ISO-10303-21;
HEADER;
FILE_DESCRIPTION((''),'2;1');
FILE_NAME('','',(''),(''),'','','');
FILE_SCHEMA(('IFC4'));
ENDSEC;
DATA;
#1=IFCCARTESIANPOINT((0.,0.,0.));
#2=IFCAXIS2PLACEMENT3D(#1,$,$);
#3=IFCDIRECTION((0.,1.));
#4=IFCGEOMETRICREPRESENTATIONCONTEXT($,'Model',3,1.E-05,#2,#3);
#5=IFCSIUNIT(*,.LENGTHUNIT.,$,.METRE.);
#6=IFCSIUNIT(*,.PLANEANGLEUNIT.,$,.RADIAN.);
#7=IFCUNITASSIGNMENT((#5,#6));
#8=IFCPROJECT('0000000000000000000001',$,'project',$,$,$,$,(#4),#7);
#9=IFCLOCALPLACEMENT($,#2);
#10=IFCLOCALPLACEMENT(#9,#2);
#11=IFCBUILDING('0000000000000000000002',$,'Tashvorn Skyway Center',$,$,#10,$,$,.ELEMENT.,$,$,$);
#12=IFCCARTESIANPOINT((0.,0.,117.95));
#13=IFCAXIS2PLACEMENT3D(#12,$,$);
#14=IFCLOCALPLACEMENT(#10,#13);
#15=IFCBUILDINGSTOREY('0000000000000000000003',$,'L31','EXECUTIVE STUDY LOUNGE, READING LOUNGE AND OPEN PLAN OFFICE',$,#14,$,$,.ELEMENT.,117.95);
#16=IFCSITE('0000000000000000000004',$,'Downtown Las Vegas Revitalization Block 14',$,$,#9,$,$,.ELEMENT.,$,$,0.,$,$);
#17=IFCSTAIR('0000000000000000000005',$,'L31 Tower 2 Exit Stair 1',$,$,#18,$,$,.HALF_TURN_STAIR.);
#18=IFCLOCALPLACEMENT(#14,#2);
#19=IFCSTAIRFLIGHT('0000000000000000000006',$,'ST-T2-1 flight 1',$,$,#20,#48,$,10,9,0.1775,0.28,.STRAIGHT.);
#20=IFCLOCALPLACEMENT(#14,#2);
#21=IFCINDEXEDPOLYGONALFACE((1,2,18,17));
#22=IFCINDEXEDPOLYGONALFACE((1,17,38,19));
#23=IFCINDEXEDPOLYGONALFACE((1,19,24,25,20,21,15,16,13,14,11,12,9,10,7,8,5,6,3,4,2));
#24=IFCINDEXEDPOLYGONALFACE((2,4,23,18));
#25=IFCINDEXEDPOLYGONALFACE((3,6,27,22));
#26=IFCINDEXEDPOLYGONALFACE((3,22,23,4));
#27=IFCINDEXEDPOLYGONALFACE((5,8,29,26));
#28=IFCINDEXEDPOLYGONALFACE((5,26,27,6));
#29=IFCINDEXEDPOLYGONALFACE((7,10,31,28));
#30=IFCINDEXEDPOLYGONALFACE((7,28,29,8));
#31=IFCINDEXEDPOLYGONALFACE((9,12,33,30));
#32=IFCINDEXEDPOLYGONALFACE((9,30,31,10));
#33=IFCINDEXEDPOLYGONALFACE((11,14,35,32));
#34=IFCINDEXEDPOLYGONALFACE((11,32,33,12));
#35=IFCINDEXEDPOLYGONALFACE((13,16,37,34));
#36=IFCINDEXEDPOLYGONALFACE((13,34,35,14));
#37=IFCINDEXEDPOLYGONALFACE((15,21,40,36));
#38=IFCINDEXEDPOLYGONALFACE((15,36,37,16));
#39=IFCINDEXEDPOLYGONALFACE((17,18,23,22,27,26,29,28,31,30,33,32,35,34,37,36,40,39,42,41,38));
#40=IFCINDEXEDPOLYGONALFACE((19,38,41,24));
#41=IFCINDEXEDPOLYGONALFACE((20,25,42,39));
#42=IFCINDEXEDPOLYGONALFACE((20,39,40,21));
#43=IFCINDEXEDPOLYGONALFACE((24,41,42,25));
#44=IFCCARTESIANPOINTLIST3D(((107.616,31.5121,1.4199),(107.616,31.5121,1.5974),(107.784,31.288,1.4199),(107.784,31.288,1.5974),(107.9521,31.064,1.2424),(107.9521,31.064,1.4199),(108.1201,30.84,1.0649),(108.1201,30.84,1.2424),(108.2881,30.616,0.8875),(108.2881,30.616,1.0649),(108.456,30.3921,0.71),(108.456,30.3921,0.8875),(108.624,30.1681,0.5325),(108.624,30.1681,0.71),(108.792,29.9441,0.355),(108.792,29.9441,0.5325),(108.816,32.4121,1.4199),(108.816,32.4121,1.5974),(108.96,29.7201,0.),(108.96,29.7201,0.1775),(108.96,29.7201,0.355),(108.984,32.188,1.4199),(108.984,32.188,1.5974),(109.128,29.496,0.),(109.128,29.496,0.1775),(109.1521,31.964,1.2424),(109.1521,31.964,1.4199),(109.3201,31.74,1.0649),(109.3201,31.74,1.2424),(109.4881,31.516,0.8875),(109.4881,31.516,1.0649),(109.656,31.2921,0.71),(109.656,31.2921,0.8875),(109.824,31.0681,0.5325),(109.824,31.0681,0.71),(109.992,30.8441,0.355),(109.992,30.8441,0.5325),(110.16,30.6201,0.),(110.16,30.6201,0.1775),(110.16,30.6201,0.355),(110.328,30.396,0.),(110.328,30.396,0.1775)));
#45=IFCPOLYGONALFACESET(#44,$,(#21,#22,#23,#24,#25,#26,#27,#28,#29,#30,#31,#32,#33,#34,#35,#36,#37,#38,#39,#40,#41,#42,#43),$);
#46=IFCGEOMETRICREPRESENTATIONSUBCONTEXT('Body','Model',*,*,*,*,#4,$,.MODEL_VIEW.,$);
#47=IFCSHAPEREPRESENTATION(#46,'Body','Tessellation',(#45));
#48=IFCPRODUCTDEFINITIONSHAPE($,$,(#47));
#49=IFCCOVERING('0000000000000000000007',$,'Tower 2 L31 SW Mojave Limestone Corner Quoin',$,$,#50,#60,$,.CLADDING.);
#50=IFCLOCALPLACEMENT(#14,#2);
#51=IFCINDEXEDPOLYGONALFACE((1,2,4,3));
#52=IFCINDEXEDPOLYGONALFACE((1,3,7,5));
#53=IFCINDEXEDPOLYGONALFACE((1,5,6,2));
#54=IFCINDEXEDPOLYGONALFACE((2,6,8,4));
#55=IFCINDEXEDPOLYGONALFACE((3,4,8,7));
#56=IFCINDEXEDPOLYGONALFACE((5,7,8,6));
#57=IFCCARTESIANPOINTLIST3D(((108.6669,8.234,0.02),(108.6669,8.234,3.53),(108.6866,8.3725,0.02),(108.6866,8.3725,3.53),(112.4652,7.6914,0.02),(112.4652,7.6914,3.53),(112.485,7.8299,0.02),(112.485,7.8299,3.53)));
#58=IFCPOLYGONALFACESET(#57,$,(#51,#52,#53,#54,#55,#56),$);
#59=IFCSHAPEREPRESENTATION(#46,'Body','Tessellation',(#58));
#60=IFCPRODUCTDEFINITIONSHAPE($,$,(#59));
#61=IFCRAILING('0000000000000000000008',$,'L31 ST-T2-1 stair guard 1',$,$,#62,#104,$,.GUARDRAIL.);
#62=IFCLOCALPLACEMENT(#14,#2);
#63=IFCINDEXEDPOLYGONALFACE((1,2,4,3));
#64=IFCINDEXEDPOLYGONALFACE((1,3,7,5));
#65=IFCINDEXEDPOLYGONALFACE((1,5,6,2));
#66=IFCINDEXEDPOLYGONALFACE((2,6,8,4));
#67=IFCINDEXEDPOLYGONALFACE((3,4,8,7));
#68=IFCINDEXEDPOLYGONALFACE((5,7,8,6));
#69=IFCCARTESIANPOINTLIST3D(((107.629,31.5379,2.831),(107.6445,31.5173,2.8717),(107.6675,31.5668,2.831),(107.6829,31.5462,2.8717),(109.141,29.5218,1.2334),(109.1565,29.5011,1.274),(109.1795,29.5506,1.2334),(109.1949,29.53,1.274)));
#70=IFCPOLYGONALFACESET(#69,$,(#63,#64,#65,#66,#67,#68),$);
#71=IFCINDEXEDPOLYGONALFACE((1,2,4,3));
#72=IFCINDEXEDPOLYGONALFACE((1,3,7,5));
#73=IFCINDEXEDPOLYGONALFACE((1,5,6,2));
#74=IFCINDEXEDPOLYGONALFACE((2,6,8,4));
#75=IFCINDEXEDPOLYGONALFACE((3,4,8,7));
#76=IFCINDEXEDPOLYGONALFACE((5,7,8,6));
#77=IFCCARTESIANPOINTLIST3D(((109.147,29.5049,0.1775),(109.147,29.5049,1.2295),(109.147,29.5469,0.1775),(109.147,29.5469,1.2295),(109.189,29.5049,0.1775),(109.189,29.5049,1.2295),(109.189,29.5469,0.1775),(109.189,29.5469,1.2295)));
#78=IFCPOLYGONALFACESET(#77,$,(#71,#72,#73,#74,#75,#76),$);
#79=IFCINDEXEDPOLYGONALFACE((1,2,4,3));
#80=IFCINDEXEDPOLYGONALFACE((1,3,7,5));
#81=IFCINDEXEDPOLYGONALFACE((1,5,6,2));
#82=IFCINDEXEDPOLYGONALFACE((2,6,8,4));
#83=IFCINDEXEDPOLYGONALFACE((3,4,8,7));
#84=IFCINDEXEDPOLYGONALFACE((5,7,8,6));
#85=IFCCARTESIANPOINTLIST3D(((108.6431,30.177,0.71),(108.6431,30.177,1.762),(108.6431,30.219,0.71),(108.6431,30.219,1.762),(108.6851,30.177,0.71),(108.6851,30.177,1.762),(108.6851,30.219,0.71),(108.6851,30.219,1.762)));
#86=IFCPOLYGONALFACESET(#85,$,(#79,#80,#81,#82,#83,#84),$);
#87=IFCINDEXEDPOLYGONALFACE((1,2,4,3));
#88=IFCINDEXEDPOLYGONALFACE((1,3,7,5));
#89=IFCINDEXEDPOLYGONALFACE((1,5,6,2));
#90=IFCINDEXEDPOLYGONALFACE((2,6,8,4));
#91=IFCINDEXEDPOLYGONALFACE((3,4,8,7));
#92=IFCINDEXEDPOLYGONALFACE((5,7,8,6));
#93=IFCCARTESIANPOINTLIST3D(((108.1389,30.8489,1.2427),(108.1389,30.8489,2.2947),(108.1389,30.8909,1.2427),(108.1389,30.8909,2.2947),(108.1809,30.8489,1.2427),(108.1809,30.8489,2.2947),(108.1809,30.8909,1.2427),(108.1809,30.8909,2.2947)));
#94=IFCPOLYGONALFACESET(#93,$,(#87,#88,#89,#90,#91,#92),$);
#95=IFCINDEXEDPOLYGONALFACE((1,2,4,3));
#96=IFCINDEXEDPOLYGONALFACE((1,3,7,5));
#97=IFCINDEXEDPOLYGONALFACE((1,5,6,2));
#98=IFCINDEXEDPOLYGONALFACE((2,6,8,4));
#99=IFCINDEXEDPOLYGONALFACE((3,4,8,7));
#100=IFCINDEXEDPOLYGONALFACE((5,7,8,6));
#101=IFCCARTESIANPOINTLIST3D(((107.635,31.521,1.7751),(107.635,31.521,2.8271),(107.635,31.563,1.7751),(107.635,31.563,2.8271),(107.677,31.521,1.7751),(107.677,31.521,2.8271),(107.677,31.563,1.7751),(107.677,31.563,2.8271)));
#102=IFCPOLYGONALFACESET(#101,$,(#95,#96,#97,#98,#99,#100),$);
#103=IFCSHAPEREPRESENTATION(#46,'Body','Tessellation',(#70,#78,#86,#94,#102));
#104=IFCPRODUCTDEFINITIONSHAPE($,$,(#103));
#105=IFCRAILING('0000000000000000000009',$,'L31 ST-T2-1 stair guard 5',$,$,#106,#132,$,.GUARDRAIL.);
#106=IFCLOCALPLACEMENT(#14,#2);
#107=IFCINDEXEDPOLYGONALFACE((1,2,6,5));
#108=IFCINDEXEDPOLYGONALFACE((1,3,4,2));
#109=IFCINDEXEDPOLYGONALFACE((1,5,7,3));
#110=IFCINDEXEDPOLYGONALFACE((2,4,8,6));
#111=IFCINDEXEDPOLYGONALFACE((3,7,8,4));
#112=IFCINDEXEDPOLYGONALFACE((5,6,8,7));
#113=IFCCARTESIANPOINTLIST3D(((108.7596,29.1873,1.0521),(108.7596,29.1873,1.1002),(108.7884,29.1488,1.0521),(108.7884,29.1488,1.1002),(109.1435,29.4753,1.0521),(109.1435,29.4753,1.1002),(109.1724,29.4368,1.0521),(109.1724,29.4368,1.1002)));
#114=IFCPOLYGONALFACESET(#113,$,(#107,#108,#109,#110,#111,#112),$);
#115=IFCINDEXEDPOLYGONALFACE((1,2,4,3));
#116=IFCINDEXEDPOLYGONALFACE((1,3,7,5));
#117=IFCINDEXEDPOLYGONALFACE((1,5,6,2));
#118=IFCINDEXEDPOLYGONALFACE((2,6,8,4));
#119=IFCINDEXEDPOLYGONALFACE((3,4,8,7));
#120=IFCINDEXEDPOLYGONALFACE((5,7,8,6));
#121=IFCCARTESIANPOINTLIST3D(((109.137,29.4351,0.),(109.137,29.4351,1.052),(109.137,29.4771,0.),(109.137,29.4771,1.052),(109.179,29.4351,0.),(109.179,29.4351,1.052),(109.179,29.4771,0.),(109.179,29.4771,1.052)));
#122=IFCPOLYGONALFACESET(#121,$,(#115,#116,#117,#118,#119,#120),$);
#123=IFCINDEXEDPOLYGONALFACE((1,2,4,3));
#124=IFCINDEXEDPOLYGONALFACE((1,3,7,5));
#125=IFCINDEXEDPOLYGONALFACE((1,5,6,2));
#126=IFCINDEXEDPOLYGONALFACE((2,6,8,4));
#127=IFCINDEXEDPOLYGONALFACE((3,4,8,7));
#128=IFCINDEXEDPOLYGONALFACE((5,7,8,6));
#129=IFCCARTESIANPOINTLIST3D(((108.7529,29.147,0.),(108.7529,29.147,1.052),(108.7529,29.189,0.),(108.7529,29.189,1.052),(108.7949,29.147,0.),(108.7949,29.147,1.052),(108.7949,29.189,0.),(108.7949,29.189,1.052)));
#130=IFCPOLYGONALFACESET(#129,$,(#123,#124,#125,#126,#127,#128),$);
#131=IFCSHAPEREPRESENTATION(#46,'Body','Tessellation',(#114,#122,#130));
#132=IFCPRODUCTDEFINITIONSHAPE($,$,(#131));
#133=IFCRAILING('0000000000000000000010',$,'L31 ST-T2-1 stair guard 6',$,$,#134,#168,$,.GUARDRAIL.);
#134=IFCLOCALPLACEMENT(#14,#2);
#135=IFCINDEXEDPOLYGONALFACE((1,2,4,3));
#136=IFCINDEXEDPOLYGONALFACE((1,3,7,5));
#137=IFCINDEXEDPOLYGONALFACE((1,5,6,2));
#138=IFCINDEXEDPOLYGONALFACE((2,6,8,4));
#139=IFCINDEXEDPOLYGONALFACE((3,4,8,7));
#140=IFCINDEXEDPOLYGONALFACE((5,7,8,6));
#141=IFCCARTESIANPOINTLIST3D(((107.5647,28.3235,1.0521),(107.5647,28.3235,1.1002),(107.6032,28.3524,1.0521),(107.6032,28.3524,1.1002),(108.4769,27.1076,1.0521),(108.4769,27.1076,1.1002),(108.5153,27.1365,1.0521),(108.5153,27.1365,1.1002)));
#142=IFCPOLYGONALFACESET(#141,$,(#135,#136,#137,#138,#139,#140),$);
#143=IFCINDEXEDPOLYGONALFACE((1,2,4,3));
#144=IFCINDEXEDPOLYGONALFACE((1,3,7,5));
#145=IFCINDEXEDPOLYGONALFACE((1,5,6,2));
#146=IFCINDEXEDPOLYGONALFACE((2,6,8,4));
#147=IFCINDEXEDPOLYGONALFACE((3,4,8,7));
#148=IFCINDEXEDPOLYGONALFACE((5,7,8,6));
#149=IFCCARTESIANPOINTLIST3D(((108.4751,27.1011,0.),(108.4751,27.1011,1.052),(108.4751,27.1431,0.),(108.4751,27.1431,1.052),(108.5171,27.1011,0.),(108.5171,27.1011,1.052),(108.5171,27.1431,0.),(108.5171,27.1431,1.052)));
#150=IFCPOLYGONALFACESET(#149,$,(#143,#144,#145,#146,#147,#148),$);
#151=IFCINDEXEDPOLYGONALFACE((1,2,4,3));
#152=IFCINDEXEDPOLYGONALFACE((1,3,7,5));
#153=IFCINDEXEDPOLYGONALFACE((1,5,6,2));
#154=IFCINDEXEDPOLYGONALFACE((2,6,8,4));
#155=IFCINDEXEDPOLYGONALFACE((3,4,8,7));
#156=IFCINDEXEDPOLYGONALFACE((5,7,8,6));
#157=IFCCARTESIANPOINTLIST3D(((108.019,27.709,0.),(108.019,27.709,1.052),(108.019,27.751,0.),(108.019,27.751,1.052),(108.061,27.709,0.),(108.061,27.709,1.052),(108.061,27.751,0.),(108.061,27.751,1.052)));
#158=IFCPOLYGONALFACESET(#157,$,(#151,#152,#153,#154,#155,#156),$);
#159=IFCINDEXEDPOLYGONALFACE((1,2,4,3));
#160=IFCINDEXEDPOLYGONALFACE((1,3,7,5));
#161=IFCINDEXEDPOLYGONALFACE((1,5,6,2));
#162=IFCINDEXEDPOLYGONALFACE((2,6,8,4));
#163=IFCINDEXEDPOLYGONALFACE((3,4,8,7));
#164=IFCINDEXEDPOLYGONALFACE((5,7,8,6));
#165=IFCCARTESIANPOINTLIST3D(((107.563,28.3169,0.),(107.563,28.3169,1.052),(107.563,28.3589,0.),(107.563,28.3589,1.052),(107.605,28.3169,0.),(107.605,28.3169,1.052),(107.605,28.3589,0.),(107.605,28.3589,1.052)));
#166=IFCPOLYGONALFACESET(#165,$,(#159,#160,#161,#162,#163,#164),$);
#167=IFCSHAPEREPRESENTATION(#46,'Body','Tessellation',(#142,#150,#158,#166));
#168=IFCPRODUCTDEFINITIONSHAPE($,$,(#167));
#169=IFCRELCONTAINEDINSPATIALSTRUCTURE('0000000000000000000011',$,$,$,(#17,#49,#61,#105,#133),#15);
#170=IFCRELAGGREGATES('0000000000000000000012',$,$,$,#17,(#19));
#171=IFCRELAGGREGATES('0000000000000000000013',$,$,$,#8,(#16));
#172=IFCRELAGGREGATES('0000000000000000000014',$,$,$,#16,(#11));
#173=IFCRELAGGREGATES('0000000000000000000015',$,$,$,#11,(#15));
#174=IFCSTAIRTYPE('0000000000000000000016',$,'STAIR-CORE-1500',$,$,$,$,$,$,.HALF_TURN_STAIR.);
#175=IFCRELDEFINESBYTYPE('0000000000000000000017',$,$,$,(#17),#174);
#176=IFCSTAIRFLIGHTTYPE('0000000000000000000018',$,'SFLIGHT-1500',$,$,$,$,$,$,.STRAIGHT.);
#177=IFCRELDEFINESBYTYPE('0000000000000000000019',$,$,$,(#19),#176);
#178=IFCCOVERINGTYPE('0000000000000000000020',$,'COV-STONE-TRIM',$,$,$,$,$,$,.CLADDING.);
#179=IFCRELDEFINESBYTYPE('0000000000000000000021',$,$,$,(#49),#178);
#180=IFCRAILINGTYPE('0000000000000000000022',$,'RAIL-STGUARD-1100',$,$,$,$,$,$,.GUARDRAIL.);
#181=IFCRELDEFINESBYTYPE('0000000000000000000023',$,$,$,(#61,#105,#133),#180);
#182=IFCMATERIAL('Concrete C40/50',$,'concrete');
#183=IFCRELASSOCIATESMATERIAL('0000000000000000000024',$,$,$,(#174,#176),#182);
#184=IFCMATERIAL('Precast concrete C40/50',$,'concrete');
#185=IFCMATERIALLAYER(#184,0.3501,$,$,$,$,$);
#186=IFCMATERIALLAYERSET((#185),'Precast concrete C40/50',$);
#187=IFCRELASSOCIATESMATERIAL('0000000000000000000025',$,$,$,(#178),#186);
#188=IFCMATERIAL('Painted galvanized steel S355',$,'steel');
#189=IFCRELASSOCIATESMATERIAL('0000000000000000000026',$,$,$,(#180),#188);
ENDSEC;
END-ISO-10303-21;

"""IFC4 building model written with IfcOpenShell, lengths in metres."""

from ifc_helpers import new_model, si_unit, direction, frame, origin, origin_2d, place, context, subcontext, project, spatial, polyline, rectangle, outline, extrude, material, layer, layer_set, type_object, element, aggregate, save


model = new_model("IFC4")

# Units and contexts
model_context = context("Model", 3, precision=1e-05, world=origin(), true_north=direction((0.0, 1.0)))
body_context = subcontext(model_context, "Body", "Model", "MODEL_VIEW")
ifc_project = project(units=[si_unit("LENGTHUNIT", "METRE"), si_unit("PLANEANGLEUNIT", "RADIAN")], contexts=[model_context])

# Site, building, storey
site_placement = place(None, origin())
site = spatial("IfcSite", under=ifc_project, at=site_placement, Name="Downtown Las Vegas Revitalization Block 14", CompositionType="ELEMENT", RefElevation=0.0)
building_placement = place(site_placement, origin())
building = spatial("IfcBuilding", under=site, at=building_placement, Name="Tashvorn Skyway Center", CompositionType="ELEMENT")
storey_placement = place(building_placement, frame((0.0, 0.0, 117.95)))
storey = spatial("IfcBuildingStorey", under=building, at=storey_placement, Name="L31", Description="EXECUTIVE STUDY LOUNGE, READING LOUNGE AND OPEN PLAN OFFICE", CompositionType="ELEMENT", Elevation=117.95)

# Shared definitions
ifc_material_1 = material(Name="Precast concrete C40/50", Category="concrete")
ifc_material_2 = material(Name="Concrete C40/50", Category="concrete")

# Stair, stair flight
stair_type = type_object("IfcStairType", Name="STAIR-CORE-1500", PredefinedType="HALF_TURN_STAIR", material=ifc_material_2)
stair_placement = place(storey_placement, origin())
stair = element("IfcStair", 1, at=stair_placement, inside=storey, type_object=stair_type, Name="L31 Tower 2 Exit Stair 1", PredefinedType="HALF_TURN_STAIR")
stair_flight_type = type_object("IfcStairFlightType", Name="SFLIGHT-1500", PredefinedType="STRAIGHT", material=ifc_material_2)
stair_flight_placement = place(storey_placement, frame((109.728, 29.946, 0.0), z_axis=(0.0, 0.0, 1.0), x_axis=(-0.6, 0.8, 0.0)))
stair_flight = element("IfcStairFlight", 2, at=stair_flight_placement, type_object=stair_flight_type, Name="ST-T2-1 flight 1", NumberOfRisers=10, NumberOfTreads=9, PredefinedType="STRAIGHT", RiserHeight=0.1775, TreadLength=0.28, context=body_context, shape_type="SweptSolid", body=[
    extrude(outline(polyline([(0.0, 0.0), (0.0, 0.1775), (0.28, 0.1775), (0.28, 0.355), (0.5601, 0.355), (0.5601, 0.5325), (0.8401, 0.5325), (0.8401, 0.71), (1.1201, 0.71), (1.1201, 0.8875), (1.3999, 0.8875), (1.3999, 1.0649), (1.6799, 1.0649), (1.6799, 1.2424), (1.96, 1.2424), (1.96, 1.4199), (2.24, 1.4199), (2.24, 1.5974), (2.52, 1.5974), (2.52, 1.7749), (2.52, 1.4199), (0.28, 0.0), (0.0, 0.0)])), frame((0.0, 0.75, 0.0), z_axis=(0.0, -1.0, 0.0), x_axis=(1.0, 0.0, 0.0)), (0.0, 0.0, 1.0), 1.5),
])
aggregate(stair, [stair_flight])

# Covering
ifc_layer_1 = layer(ifc_material_1, 0.3501)
ifc_layer_set_1 = layer_set([ifc_layer_1], Name="Precast concrete C40/50")
covering_type = type_object("IfcCoveringType", Name="COV-STONE-TRIM", PredefinedType="CLADDING", material=ifc_layer_set_1)
covering_placement = place(storey_placement, frame((110.5759, 8.032, 0.02), z_axis=(0.0, 0.0, 1.0), x_axis=(-0.989949, 0.141421, 0.0)))
element("IfcCovering", 3, at=covering_placement, inside=storey, type_object=covering_type, Name="Tower 2 L31 SW Mojave Limestone Corner Quoin", PredefinedType="CLADDING", context=body_context, shape_type="SweptSolid", body=[
    extrude(rectangle(XDim=3.8369, YDim=0.1399, at=origin_2d()), origin(), (0.0, 0.0, 1.0), 3.51),
])

# Railings
ifc_material_3 = material(Name="Painted galvanized steel S355", Category="steel")
railing_type = type_object("IfcRailingType", Name="RAIL-STGUARD-1100", PredefinedType="GUARDRAIL", material=ifc_material_3)
railing_1_placement = place(storey_placement, frame((109.168, 29.5259, 0.1775)))
element("IfcRailing", 4, at=railing_1_placement, inside=storey, type_object=railing_type, Name="L31 ST-T2-1 stair guard 1", PredefinedType="GUARDRAIL", context=body_context, shape_type="SweptSolid", body=[
    extrude(rectangle(XDim=0.0481, YDim=0.0481, at=origin_2d()), frame((0.0, 0.0, 1.0762), z_axis=(-0.506719, 0.675679, 0.535438), x_axis=(-0.800023, -0.599969, 0.0)), (0.0, 0.0, 1.0), 2.9839),
    extrude(rectangle(XDim=0.042, YDim=0.042, at=origin_2d()), origin(), (0.0, 0.0, 1.0), 1.052),
    extrude(rectangle(XDim=0.042, YDim=0.042, at=origin_2d()), frame((-0.5039, 0.6721, 0.5325)), (0.0, 0.0, 1.0), 1.052),
    extrude(rectangle(XDim=0.042, YDim=0.042, at=origin_2d()), frame((-1.0081, 1.344, 1.0652)), (0.0, 0.0, 1.0), 1.052),
    extrude(rectangle(XDim=0.042, YDim=0.042, at=origin_2d()), frame((-1.512, 2.0161, 1.5977)), (0.0, 0.0, 1.0), 1.052),
])
railing_2_placement = place(storey_placement, frame((109.158, 29.4561, 0.0)))
element("IfcRailing", 5, at=railing_2_placement, inside=storey, type_object=railing_type, Name="L31 ST-T2-1 stair guard 5", PredefinedType="GUARDRAIL", context=body_context, shape_type="SweptSolid", body=[
    extrude(rectangle(XDim=0.0481, YDim=0.0481, at=origin_2d()), frame((0.0, 0.0, 1.0762), z_axis=(-0.799939, -0.600081, 0.0), x_axis=(0.600081, -0.799939, 0.0)), (0.0, 0.0, 1.0), 0.48),
    extrude(rectangle(XDim=0.042, YDim=0.042, at=origin_2d()), origin(), (0.0, 0.0, 1.0), 1.052),
    extrude(rectangle(XDim=0.042, YDim=0.042, at=origin_2d()), frame((-0.384, -0.2881, 0.0)), (0.0, 0.0, 1.0), 1.052),
])
railing_3_placement = place(storey_placement, frame((108.4961, 27.1221, 0.0)))
element("IfcRailing", 6, at=railing_3_placement, inside=storey, type_object=railing_type, Name="L31 ST-T2-1 stair guard 6", PredefinedType="GUARDRAIL", context=body_context, shape_type="SweptSolid", body=[
    extrude(rectangle(XDim=0.0481, YDim=0.0481, at=origin_2d()), frame((0.0, 0.0, 1.0762), z_axis=(-0.600103, 0.799923, 0.0), x_axis=(-0.799923, -0.600103, 0.0)), (0.0, 0.0, 1.0), 1.52),
    extrude(rectangle(XDim=0.042, YDim=0.042, at=origin_2d()), origin(), (0.0, 0.0, 1.0), 1.052),
    extrude(rectangle(XDim=0.042, YDim=0.042, at=origin_2d()), frame((-0.4561, 0.6079, 0.0)), (0.0, 0.0, 1.0), 1.052),
    extrude(rectangle(XDim=0.042, YDim=0.042, at=origin_2d()), frame((-0.9121, 1.2158, 0.0)), (0.0, 0.0, 1.0), 1.052),
])

save(model, "model.ifc")
